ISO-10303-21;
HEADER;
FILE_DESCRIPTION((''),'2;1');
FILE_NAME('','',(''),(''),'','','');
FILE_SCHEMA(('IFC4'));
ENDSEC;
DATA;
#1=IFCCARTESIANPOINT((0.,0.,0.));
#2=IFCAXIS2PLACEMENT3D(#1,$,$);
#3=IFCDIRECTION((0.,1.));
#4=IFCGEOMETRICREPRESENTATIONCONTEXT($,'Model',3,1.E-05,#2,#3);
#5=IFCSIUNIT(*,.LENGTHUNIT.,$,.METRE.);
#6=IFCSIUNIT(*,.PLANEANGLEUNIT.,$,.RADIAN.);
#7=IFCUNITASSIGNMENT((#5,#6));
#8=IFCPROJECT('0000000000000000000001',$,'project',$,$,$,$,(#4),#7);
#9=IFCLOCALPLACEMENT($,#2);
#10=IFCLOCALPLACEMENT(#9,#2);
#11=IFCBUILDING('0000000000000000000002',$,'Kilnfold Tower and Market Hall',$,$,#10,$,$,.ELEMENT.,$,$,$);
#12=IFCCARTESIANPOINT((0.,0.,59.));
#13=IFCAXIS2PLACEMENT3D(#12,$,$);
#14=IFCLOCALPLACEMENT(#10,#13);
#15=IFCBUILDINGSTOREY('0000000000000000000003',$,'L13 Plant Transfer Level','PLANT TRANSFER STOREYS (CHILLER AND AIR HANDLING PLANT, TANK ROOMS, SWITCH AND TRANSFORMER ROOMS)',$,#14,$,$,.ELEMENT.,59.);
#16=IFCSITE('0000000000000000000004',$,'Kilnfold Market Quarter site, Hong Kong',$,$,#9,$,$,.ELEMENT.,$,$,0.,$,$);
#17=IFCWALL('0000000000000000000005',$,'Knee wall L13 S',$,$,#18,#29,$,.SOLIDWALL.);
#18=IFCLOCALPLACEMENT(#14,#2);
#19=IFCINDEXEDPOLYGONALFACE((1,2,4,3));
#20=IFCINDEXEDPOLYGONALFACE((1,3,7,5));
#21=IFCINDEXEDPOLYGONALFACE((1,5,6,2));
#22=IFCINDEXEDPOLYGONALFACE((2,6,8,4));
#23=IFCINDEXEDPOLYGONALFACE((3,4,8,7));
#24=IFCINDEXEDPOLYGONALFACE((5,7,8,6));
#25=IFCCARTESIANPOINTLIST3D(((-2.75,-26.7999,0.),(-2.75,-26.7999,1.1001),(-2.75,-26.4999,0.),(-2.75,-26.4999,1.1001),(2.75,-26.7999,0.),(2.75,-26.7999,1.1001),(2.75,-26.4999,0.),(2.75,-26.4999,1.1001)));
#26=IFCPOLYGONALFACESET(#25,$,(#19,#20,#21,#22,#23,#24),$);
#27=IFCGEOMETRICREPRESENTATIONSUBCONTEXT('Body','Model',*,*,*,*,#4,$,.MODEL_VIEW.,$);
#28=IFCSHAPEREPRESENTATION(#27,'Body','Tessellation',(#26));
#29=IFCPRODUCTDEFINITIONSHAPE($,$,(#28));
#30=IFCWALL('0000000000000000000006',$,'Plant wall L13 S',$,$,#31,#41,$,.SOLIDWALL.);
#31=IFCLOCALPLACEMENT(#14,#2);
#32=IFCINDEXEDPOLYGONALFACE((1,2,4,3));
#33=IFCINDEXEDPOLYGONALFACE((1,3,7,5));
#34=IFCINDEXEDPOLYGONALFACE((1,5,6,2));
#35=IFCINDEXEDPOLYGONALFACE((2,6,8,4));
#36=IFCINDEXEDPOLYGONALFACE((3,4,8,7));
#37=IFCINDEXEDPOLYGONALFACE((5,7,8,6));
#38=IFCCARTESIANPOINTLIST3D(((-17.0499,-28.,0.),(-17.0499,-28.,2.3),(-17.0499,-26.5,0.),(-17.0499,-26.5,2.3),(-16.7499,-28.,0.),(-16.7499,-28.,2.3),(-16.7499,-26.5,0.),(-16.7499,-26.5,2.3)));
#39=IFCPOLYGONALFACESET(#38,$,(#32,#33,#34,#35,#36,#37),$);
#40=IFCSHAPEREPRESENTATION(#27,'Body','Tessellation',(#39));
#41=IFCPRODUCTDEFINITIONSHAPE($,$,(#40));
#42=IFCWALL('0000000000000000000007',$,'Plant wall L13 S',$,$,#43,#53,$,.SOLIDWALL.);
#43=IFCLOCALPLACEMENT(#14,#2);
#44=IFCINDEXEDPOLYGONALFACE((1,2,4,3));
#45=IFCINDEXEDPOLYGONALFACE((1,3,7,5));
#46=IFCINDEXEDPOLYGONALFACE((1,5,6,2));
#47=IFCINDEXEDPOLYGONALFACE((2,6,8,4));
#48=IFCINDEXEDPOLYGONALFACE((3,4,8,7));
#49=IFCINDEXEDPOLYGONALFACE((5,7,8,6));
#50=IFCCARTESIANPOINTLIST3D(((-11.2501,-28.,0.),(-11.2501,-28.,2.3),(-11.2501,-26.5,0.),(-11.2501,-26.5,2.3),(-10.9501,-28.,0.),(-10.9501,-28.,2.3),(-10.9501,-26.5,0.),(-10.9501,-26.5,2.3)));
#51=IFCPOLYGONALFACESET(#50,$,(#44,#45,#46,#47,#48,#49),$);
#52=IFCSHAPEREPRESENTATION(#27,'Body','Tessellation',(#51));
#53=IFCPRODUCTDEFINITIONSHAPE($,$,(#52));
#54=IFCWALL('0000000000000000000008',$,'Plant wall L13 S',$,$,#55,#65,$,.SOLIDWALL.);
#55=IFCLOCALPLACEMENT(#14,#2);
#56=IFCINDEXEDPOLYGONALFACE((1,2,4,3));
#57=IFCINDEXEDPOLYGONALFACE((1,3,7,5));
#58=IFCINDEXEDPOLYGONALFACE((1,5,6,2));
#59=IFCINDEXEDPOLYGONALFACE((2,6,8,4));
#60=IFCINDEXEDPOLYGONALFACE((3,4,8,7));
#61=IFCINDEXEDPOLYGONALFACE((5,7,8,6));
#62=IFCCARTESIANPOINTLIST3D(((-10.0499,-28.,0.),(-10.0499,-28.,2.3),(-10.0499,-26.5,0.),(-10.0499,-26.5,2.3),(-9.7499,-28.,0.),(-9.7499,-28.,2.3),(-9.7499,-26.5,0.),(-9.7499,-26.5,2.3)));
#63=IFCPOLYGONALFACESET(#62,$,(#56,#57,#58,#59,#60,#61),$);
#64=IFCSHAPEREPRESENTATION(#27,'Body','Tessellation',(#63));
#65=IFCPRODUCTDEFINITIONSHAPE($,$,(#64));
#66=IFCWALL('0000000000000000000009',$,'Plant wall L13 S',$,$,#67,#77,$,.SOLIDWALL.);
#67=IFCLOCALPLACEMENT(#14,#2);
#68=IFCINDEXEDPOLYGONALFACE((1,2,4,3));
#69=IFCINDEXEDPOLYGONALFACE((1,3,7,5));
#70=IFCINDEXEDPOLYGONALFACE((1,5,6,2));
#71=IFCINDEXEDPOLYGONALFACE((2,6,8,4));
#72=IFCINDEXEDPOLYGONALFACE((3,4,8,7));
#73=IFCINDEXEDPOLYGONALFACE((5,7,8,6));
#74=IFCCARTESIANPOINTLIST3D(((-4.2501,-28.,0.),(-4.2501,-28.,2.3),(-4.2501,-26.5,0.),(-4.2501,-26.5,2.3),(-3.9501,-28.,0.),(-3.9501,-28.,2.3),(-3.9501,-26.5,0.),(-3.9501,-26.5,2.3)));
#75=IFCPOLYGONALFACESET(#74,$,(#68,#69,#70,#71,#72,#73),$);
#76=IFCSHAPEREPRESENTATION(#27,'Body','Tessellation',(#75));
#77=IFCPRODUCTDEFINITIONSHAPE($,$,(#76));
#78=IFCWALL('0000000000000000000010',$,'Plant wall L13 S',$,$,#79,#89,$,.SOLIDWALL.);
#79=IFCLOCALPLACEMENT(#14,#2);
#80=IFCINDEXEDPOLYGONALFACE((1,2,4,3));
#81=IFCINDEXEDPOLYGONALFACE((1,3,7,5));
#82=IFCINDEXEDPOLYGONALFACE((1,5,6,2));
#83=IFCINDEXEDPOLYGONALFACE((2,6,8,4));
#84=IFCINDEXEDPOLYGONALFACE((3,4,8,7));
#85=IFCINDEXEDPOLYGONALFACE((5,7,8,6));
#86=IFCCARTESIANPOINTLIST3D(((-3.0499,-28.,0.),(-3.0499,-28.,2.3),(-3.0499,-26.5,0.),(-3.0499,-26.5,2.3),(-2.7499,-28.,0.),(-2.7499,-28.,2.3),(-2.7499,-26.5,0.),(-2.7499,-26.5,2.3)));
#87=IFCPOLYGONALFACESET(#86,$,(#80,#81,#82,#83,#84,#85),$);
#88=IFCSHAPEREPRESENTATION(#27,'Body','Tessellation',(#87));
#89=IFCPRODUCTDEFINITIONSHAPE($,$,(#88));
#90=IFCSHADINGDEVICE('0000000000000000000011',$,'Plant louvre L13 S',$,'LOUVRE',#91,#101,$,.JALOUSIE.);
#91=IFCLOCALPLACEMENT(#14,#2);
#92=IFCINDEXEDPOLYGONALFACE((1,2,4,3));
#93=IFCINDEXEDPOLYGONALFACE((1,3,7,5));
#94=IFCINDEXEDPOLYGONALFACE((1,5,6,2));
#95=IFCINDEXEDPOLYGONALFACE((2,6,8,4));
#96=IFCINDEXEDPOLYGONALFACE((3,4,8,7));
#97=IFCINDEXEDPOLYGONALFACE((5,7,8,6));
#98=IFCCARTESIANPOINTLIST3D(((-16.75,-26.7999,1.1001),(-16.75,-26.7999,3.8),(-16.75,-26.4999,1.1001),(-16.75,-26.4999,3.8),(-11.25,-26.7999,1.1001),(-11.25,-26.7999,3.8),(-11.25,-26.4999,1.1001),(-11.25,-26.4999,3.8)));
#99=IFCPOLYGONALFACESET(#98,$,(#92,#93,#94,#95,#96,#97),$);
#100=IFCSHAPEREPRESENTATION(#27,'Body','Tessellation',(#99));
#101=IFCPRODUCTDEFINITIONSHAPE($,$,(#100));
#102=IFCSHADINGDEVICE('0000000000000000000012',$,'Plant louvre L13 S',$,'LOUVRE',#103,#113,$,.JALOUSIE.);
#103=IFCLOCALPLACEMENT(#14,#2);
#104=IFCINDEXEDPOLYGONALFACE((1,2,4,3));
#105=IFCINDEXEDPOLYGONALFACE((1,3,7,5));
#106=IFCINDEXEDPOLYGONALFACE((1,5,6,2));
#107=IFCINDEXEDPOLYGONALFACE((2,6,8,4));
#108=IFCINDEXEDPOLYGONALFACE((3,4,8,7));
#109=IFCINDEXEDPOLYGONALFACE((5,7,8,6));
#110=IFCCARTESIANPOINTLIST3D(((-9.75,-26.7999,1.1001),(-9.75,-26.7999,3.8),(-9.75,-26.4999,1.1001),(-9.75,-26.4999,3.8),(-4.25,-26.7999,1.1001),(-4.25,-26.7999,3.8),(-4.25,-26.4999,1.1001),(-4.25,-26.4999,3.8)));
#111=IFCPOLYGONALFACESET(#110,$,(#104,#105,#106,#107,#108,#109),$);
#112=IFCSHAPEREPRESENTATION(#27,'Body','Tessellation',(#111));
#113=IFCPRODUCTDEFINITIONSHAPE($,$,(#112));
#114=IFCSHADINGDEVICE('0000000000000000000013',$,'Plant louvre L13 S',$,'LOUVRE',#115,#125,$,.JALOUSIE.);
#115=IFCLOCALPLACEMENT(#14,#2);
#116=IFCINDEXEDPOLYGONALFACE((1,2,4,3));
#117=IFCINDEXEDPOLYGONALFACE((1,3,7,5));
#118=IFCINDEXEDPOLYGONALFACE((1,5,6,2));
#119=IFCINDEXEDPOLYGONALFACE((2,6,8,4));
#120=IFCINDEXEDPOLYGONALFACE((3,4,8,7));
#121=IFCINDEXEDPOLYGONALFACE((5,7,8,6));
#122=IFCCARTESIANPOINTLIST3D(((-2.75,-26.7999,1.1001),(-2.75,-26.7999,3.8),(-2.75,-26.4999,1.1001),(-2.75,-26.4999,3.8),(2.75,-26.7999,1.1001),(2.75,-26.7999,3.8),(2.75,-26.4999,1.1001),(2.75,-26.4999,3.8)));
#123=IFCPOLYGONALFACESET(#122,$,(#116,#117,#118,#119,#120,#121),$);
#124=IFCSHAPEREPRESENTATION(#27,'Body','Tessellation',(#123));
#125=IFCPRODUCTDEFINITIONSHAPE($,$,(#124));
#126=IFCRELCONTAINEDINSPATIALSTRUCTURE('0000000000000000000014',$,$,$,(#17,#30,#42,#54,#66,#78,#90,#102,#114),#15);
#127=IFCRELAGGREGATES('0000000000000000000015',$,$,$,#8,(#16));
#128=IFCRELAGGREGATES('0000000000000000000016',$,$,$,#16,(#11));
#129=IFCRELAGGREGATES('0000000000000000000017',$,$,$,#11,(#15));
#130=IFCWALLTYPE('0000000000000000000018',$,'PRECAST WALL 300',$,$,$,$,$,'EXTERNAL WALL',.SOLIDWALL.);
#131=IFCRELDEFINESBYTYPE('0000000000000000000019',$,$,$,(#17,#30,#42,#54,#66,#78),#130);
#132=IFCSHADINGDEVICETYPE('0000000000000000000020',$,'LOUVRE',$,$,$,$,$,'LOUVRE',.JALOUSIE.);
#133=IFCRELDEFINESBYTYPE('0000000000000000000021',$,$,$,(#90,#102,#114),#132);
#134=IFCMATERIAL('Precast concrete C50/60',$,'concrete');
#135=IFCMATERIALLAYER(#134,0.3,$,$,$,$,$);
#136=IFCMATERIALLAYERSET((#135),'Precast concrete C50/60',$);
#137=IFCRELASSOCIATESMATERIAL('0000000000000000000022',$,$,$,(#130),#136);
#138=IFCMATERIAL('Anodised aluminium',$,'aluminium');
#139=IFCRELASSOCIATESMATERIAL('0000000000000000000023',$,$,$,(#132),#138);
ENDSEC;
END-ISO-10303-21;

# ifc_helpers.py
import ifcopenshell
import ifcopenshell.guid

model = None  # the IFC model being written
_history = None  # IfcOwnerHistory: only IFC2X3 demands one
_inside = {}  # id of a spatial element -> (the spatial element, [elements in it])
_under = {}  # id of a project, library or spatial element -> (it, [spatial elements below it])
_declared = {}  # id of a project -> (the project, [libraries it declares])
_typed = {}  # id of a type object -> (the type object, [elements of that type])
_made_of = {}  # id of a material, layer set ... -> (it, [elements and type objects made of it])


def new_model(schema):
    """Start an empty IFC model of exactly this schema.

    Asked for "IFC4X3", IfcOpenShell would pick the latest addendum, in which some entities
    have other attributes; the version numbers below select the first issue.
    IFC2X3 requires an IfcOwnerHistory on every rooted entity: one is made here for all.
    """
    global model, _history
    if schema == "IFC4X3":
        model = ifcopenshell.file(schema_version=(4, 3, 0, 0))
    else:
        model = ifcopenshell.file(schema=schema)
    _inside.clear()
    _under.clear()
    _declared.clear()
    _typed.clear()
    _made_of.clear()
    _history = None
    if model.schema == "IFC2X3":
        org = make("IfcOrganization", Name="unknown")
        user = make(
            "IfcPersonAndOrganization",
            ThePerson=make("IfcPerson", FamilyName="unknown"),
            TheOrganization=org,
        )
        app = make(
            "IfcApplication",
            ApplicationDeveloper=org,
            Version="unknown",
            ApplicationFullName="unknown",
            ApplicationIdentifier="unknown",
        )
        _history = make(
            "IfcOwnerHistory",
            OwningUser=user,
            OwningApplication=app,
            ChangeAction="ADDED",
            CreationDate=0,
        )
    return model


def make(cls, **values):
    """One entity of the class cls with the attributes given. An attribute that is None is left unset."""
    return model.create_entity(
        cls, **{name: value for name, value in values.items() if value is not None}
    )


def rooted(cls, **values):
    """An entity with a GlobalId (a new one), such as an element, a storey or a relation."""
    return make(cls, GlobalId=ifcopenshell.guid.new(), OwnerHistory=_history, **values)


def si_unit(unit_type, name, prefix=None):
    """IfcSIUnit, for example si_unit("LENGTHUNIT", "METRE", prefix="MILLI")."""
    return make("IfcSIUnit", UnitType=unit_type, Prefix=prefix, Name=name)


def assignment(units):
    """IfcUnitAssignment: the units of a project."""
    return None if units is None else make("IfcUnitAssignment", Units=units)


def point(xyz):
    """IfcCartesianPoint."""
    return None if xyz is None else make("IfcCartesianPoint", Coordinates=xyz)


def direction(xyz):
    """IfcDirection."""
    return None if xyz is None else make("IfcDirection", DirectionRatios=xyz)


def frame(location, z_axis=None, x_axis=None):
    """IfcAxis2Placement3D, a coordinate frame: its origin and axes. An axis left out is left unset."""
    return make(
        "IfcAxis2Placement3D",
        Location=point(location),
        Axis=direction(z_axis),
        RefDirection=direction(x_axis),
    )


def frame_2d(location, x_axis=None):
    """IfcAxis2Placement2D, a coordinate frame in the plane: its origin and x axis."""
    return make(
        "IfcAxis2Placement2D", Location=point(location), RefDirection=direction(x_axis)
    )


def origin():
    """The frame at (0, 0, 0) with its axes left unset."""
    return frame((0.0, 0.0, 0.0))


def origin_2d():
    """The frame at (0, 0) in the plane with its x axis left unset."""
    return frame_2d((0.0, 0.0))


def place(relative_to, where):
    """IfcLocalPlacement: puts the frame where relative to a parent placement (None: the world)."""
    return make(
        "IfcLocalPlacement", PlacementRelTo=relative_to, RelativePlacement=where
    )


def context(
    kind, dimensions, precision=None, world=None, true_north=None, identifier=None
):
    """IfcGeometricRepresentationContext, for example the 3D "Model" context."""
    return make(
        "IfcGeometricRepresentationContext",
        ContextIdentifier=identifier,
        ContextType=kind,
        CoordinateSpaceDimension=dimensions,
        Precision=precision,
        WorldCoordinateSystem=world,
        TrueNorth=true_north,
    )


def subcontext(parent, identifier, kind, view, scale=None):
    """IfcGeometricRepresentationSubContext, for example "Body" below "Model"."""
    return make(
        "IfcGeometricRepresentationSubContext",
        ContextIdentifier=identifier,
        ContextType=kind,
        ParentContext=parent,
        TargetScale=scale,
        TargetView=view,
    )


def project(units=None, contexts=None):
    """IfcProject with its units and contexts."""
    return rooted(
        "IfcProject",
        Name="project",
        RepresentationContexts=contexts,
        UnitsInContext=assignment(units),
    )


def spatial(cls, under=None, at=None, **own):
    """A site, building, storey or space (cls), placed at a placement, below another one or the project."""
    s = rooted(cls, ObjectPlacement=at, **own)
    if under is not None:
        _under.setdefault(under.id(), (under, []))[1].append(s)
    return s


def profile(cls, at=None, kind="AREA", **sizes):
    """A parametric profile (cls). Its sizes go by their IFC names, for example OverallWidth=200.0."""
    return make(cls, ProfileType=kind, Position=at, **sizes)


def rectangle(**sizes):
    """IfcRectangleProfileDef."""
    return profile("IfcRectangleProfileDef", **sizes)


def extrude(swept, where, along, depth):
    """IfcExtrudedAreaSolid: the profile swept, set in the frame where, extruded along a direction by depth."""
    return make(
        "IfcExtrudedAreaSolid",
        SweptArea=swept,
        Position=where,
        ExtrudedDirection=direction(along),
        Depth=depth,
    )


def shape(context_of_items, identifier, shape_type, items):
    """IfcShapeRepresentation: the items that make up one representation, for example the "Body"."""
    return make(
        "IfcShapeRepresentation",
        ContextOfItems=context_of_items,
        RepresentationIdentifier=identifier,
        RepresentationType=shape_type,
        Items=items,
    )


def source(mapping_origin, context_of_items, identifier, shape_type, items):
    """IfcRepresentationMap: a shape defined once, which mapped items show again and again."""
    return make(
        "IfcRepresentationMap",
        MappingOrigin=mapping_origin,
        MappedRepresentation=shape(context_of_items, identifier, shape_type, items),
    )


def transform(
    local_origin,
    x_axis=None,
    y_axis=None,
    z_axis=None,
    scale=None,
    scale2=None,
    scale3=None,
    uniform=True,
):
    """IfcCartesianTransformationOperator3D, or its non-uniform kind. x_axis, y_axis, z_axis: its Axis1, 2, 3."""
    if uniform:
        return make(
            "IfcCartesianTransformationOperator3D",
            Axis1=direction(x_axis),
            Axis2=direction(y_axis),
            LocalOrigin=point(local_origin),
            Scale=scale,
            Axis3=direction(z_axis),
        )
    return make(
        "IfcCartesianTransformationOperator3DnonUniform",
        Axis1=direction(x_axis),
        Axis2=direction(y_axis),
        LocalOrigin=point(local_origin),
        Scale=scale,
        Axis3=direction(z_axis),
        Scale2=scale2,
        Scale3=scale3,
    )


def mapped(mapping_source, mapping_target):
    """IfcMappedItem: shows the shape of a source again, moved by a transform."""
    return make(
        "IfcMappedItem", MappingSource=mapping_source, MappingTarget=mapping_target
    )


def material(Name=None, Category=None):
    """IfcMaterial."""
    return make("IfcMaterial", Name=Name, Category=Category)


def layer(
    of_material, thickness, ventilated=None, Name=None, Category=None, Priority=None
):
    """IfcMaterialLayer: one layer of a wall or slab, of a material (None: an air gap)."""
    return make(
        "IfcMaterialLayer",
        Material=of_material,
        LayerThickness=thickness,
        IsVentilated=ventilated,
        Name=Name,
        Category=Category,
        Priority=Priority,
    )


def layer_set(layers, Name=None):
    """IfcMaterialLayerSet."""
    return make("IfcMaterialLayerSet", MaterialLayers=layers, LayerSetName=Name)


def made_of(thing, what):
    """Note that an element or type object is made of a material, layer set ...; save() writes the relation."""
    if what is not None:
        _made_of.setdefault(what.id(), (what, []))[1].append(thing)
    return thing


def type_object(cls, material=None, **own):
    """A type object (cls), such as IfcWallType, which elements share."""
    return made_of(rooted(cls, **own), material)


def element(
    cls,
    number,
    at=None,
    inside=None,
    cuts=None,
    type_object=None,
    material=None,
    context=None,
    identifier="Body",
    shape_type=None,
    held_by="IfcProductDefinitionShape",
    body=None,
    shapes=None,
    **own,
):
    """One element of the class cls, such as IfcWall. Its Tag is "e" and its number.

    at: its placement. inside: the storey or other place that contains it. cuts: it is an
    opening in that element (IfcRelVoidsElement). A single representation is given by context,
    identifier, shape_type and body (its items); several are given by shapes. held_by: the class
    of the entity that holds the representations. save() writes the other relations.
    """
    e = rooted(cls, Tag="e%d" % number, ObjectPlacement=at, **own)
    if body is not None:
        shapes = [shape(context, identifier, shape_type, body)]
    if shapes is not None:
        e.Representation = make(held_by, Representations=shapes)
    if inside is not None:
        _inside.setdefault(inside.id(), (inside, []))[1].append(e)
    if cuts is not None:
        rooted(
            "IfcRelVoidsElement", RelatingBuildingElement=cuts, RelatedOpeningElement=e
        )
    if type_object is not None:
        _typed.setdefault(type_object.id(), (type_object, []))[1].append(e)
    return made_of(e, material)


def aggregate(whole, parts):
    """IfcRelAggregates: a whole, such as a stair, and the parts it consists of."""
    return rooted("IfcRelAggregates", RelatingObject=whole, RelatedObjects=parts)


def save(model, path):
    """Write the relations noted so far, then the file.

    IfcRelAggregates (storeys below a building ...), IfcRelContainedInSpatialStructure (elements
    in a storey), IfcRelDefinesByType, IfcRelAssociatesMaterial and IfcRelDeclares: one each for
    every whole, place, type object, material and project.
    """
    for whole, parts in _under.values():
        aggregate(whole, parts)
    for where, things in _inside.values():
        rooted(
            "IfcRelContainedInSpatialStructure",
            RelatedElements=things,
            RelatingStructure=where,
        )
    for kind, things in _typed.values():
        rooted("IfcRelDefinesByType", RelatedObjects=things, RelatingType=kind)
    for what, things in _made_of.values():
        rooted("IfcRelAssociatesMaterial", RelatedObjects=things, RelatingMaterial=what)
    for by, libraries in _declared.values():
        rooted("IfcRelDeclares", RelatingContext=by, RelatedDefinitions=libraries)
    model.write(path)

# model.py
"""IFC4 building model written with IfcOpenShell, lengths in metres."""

from ifc_helpers import new_model, si_unit, direction, frame, frame_2d, origin, origin_2d, place, context, subcontext, project, spatial, rectangle, extrude, source, transform, mapped, material, layer, layer_set, type_object, element, save


model = new_model("IFC4")

# Units and contexts
model_context = context("Model", 3, precision=1e-05, world=origin(), true_north=direction((0.0, 1.0)))
body_context = subcontext(model_context, "Body", "Model", "MODEL_VIEW")
ifc_project = project(units=[si_unit("LENGTHUNIT", "METRE"), si_unit("PLANEANGLEUNIT", "RADIAN")], contexts=[model_context])

# Site, building, storey
site_placement = place(None, origin())
site = spatial("IfcSite", under=ifc_project, at=site_placement, Name="Kilnfold Market Quarter site, Hong Kong", CompositionType="ELEMENT", RefElevation=0.0)
building_placement = place(site_placement, origin())
building = spatial("IfcBuilding", under=site, at=building_placement, Name="Kilnfold Tower and Market Hall", CompositionType="ELEMENT")
storey_placement = place(building_placement, frame((0.0, 0.0, 59.0)))
storey = spatial("IfcBuildingStorey", under=building, at=storey_placement, Name="L13 Plant Transfer Level", Description="PLANT TRANSFER STOREYS (CHILLER AND AIR HANDLING PLANT, TANK ROOMS, SWITCH AND TRANSFORMER ROOMS)", CompositionType="ELEMENT", Elevation=59.0)

# Walls
ifc_material_1 = material(Name="Precast concrete C50/60", Category="concrete")
ifc_layer_1 = layer(ifc_material_1, 0.3)
ifc_layer_set_1 = layer_set([ifc_layer_1], Name="Precast concrete C50/60")
wall_type_1 = type_object("IfcWallType", Name="PRECAST WALL 300", ElementType="EXTERNAL WALL", PredefinedType="SOLIDWALL", material=ifc_layer_set_1)
shared_shape_1 = source(origin(), body_context, "Body", "SweptSolid", [
    extrude(rectangle(XDim=5.5, YDim=0.3, at=frame_2d((2.75, 0.0))), origin(), (0.0, 0.0, 1.0), 1.1001),
])
for number, where, z_axis, x_axis, name in (
    (1, (-2.75, -26.6499, 0.0), (0.0, 0.0, 1.0), (1.0, 0.0, 0.0), "Knee wall L13 S"),
):
    element("IfcWall", number, at=place(storey_placement, frame(where, z_axis=z_axis, x_axis=x_axis)), inside=storey, type_object=wall_type_1, Name=name, PredefinedType="SOLIDWALL", context=body_context, shape_type="MappedRepresentation", body=[
        mapped(shared_shape_1, transform((0.0, 0.0, 0.0))),
    ])
shared_shape_2 = source(origin(), body_context, "Body", "SweptSolid", [
    extrude(rectangle(XDim=1.5, YDim=0.3, at=frame_2d((0.75, 0.0))), origin(), (0.0, 0.0, 1.0), 2.3),
])
for number, where, z_axis, x_axis, name in (
    (2, (-16.8999, -28.0, 0.0), (0.0, 0.0, 1.0), (0.0, 1.0, 0.0), "Plant wall L13 S"),
    (3, (-11.1001, -28.0, 0.0), (0.0, 0.0, 1.0), (0.0, 1.0, 0.0), "Plant wall L13 S"),
    (4, (-9.8999, -28.0, 0.0), (0.0, 0.0, 1.0), (0.0, 1.0, 0.0), "Plant wall L13 S"),
    (5, (-4.1001, -28.0, 0.0), (0.0, 0.0, 1.0), (0.0, 1.0, 0.0), "Plant wall L13 S"),
    (6, (-2.8999, -28.0, 0.0), (0.0, 0.0, 1.0), (0.0, 1.0, 0.0), "Plant wall L13 S"),
):
    element("IfcWall", number, at=place(storey_placement, frame(where, z_axis=z_axis, x_axis=x_axis)), inside=storey, type_object=wall_type_1, Name=name, PredefinedType="SOLIDWALL", context=body_context, shape_type="MappedRepresentation", body=[
        mapped(shared_shape_2, transform((0.0, 0.0, 0.0))),
    ])

# Shading devices
ifc_material_2 = material(Name="Anodised aluminium", Category="aluminium")
shading_device_type = type_object("IfcShadingDeviceType", Name="LOUVRE", ElementType="LOUVRE", PredefinedType="JALOUSIE", material=ifc_material_2)
shared_shape_3 = source(origin(), body_context, "Body", "SweptSolid", [
    extrude(rectangle(XDim=5.5, YDim=0.3, at=origin_2d()), origin(), (0.0, 0.0, 1.0), 2.7),
])
for number, where, z_axis, x_axis, name in (
    (7, (-14.0, -26.6499, 1.1001), (0.0, 0.0, 1.0), (1.0, 0.0, 0.0), "Plant louvre L13 S"),
    (8, (-7.0, -26.6499, 1.1001), (0.0, 0.0, 1.0), (1.0, 0.0, 0.0), "Plant louvre L13 S"),
    (9, (0.0, -26.6499, 1.1001), (0.0, 0.0, 1.0), (1.0, 0.0, 0.0), "Plant louvre L13 S"),
):
    element("IfcShadingDevice", number, at=place(storey_placement, frame(where, z_axis=z_axis, x_axis=x_axis)), inside=storey, type_object=shading_device_type, Name=name, ObjectType="LOUVRE", PredefinedType="JALOUSIE", context=body_context, shape_type="MappedRepresentation", body=[
        mapped(shared_shape_3, transform((0.0, 0.0, 0.0))),
    ])

save(model, "model.ifc")
